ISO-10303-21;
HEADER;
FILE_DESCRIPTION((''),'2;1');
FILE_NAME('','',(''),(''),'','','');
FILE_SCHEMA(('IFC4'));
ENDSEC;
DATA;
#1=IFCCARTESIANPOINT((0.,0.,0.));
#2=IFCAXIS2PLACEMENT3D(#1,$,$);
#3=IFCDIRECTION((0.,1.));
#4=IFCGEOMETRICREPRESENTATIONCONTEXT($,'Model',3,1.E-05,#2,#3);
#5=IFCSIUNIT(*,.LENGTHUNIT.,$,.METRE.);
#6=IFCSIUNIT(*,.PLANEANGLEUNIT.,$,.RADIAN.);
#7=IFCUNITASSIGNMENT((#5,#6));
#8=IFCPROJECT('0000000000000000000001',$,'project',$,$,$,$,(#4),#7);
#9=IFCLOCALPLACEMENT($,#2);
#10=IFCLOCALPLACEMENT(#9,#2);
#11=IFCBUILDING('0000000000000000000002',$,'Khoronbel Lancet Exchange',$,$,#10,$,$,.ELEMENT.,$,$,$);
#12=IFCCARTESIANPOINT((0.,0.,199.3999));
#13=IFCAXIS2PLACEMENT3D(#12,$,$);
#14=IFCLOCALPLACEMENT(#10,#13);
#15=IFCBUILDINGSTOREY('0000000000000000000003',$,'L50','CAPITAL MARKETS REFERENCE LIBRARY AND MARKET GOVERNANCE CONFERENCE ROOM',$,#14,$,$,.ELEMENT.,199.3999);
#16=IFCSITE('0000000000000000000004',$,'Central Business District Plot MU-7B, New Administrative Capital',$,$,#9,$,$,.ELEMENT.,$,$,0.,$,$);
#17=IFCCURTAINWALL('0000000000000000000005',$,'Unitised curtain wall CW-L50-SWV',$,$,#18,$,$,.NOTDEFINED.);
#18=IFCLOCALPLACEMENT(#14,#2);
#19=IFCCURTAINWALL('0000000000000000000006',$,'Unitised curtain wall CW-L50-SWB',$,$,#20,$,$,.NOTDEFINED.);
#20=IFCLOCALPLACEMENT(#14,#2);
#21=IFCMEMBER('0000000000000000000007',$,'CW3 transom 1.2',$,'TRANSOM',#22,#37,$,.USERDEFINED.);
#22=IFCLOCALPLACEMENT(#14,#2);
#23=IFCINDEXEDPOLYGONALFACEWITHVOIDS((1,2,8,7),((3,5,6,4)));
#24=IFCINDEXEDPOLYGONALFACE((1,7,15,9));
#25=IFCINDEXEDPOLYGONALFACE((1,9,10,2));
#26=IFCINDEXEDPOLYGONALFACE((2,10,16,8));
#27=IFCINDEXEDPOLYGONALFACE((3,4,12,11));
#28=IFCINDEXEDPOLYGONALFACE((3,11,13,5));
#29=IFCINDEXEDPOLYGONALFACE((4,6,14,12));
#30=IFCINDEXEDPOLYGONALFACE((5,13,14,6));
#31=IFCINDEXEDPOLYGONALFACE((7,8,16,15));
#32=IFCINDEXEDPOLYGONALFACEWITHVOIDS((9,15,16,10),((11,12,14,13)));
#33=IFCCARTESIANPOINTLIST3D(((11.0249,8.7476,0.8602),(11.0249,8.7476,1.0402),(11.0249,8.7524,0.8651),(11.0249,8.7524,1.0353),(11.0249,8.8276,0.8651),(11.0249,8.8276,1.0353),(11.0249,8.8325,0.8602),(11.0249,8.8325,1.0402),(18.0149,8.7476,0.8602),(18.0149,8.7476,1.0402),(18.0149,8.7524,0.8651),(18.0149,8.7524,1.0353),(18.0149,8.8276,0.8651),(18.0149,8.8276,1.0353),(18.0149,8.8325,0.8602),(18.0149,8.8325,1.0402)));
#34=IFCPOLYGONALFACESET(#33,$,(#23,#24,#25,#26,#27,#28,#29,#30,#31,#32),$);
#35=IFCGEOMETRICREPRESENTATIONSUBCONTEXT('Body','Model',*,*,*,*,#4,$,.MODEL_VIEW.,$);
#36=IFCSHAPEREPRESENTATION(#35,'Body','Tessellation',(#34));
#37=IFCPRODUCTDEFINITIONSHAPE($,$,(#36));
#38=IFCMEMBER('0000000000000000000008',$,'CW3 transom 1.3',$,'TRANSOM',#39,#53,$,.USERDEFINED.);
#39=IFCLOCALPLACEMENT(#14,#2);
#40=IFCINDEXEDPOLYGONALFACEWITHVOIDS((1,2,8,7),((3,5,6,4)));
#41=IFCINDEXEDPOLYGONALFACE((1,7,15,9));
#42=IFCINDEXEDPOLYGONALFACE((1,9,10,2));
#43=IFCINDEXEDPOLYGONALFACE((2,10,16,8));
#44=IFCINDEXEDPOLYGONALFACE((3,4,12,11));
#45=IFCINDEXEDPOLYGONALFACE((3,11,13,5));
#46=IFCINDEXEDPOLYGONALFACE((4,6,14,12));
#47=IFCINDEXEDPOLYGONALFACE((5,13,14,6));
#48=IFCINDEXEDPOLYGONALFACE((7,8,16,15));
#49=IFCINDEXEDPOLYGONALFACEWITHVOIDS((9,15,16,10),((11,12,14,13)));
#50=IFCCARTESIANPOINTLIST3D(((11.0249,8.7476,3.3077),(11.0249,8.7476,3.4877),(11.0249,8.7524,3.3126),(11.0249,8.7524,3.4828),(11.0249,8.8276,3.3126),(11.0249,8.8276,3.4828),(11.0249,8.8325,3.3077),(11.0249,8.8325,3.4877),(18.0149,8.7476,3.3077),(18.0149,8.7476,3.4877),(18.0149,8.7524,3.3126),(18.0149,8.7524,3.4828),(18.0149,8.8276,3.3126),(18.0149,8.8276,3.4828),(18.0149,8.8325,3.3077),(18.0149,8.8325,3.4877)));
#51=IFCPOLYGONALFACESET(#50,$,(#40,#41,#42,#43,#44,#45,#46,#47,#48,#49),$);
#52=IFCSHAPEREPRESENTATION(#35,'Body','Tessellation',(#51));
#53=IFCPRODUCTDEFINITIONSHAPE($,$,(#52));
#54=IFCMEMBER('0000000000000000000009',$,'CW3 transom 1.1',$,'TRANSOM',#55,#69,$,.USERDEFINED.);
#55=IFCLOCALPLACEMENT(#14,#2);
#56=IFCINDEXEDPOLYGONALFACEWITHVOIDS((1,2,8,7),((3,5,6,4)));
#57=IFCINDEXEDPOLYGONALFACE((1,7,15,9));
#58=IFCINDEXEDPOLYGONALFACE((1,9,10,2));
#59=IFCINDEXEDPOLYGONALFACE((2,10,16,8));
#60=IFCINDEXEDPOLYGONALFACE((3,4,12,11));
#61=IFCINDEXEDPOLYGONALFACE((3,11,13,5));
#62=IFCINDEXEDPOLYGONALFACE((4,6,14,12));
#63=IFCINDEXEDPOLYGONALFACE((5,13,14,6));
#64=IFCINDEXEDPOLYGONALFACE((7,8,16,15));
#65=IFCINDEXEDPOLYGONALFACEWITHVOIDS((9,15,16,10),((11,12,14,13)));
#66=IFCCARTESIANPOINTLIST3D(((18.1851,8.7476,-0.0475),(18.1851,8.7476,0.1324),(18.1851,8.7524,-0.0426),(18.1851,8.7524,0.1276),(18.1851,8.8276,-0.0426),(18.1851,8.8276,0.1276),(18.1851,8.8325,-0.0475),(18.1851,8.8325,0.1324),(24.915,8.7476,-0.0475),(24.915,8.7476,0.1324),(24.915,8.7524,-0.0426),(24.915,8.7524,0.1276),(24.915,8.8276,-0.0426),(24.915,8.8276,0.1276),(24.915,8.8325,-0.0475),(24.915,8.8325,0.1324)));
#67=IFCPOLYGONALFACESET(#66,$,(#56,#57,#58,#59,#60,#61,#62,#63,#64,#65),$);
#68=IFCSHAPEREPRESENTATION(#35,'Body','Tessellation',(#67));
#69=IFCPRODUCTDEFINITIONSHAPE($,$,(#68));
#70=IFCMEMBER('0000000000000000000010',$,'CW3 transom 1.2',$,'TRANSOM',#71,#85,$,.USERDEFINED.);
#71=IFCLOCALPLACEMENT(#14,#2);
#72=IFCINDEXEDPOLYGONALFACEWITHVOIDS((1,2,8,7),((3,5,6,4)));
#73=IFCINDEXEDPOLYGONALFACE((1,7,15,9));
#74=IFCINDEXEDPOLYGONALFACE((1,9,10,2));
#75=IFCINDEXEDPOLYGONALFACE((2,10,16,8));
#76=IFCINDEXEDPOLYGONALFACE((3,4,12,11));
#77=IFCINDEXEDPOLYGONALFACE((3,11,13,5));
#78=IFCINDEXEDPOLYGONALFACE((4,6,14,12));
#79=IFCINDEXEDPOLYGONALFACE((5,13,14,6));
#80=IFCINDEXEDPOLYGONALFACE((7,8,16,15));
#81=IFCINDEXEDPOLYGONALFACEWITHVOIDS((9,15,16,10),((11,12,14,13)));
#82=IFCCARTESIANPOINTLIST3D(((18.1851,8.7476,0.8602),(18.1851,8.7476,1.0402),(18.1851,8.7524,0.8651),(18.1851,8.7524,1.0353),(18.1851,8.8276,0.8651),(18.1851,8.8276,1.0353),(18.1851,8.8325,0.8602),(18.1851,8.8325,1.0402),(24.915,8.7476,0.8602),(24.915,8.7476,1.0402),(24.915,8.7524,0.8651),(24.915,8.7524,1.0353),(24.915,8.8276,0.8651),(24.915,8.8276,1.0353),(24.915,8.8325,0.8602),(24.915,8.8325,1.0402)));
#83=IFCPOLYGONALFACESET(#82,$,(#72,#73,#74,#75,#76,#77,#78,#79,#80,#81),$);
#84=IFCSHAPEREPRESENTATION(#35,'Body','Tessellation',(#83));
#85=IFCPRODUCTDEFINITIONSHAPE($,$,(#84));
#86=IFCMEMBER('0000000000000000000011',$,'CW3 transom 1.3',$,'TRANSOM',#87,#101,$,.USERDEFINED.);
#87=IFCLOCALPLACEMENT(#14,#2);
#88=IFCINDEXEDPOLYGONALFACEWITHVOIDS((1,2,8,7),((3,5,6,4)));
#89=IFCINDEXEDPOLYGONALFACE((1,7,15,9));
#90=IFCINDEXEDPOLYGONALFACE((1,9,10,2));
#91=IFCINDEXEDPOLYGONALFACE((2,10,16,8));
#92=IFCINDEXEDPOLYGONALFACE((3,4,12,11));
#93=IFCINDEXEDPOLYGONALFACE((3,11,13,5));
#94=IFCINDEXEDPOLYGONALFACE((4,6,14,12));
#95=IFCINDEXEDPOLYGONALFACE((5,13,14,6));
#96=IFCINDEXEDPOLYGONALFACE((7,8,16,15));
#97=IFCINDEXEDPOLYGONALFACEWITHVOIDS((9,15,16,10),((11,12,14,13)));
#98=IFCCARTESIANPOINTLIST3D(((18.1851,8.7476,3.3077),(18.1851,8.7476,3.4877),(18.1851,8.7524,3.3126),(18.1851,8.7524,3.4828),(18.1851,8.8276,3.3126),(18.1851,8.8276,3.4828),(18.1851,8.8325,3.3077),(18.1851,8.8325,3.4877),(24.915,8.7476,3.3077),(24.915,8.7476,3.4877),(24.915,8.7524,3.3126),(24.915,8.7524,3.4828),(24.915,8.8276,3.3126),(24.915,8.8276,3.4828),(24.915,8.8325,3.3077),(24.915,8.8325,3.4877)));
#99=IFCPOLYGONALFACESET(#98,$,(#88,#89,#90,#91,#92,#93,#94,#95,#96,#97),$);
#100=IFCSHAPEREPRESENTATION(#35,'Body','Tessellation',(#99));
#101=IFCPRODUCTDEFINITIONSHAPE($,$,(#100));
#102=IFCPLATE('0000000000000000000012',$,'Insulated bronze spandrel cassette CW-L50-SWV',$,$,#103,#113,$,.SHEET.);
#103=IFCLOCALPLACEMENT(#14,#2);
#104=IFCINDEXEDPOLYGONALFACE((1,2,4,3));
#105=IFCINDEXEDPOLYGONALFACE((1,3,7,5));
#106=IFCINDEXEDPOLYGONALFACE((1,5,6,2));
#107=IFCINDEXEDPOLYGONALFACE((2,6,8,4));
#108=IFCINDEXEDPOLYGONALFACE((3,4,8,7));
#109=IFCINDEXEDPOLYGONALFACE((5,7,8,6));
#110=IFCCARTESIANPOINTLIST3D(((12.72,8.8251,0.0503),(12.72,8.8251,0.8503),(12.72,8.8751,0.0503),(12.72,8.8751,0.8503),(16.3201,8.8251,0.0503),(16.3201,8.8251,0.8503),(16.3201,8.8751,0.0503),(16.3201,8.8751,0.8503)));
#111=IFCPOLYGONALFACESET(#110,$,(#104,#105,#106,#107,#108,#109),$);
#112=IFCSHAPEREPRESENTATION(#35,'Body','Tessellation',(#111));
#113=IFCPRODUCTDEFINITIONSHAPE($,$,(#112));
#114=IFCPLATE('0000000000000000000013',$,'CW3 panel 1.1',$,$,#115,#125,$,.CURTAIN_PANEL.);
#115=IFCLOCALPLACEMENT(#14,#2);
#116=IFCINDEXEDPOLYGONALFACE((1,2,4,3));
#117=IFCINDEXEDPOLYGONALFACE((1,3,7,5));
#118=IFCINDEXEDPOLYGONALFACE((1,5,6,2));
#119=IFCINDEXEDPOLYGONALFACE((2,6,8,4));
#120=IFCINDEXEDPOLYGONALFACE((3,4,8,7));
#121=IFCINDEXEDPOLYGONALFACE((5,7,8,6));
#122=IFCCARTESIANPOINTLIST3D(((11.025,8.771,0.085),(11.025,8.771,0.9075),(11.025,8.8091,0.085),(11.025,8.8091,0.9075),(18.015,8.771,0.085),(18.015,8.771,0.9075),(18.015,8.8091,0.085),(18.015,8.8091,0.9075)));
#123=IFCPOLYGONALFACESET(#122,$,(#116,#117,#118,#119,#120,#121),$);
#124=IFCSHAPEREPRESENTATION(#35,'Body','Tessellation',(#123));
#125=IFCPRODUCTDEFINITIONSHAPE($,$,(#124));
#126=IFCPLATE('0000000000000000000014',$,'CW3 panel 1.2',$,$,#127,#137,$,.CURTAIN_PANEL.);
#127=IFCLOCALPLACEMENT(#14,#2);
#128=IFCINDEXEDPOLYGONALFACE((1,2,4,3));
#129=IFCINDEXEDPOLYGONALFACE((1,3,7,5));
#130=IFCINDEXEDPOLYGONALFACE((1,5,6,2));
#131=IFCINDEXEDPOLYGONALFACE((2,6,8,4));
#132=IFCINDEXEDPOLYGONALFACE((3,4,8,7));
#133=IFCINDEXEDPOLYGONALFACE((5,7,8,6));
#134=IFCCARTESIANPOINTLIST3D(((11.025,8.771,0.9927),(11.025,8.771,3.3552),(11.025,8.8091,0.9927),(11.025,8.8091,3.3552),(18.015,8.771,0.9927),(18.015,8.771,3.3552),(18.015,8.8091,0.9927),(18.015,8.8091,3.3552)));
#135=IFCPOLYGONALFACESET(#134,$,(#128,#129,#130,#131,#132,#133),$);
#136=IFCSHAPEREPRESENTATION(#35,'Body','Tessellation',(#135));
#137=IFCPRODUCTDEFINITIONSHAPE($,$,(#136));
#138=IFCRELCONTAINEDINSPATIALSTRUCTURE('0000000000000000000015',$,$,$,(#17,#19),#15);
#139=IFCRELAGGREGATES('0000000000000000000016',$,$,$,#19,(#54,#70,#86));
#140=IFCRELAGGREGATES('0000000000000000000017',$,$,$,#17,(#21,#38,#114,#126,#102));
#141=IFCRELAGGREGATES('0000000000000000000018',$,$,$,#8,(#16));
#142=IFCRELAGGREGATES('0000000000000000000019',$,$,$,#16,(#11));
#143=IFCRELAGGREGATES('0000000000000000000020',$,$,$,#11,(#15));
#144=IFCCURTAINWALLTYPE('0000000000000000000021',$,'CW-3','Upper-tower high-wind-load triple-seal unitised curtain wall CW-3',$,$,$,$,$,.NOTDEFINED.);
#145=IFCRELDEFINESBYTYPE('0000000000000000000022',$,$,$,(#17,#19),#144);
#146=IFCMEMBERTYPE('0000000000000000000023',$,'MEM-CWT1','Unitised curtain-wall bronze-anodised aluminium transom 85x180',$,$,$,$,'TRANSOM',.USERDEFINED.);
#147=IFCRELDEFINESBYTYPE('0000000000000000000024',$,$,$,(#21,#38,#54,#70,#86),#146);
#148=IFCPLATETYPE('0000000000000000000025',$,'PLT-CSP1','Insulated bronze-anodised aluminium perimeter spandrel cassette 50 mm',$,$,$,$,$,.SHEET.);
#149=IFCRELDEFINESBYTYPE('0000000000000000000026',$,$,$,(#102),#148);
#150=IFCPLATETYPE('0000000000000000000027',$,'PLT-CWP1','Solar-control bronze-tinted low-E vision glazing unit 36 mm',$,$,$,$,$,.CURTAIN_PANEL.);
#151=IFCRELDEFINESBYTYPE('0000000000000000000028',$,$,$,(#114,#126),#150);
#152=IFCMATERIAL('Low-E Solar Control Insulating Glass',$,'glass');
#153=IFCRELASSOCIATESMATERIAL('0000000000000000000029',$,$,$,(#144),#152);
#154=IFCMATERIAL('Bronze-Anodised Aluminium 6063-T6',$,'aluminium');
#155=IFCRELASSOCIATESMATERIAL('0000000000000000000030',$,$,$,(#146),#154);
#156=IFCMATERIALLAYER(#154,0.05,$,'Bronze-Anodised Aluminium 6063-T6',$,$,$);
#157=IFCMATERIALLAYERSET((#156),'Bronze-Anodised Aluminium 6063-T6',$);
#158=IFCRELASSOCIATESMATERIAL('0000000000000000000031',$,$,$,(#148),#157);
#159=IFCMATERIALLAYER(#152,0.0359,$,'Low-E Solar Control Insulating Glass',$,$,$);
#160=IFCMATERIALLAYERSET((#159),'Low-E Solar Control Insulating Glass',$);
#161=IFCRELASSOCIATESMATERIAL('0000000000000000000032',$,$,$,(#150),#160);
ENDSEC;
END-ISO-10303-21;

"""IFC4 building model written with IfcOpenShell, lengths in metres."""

from ifc_helpers import new_model, si_unit, direction, frame, origin, origin_2d, place, context, subcontext, project, spatial, rectangle, hollow_rectangle, extrude, material, layer, layer_set, material_profile, profile_set, type_object, element, aggregate, save


model = new_model("IFC4")

# Units and contexts
model_context = context("Model", 3, precision=1e-05, world=origin(), true_north=direction((0.0, 1.0)))
body_context = subcontext(model_context, "Body", "Model", "MODEL_VIEW")
ifc_project = project(units=[si_unit("LENGTHUNIT", "METRE"), si_unit("PLANEANGLEUNIT", "RADIAN")], contexts=[model_context])

# Site, building, storey
site_placement = place(None, origin())
site = spatial("IfcSite", under=ifc_project, at=site_placement, Name="Central Business District Plot MU-7B, New Administrative Capital", CompositionType="ELEMENT", RefElevation=0.0)
building_placement = place(site_placement, origin())
building = spatial("IfcBuilding", under=site, at=building_placement, Name="Khoronbel Lancet Exchange", CompositionType="ELEMENT")
storey_placement = place(building_placement, frame((0.0, 0.0, 199.3999)))
storey = spatial("IfcBuildingStorey", under=building, at=storey_placement, Name="L50", Description="CAPITAL MARKETS REFERENCE LIBRARY AND MARKET GOVERNANCE CONFERENCE ROOM", CompositionType="ELEMENT", Elevation=199.3999)

# Curtain wall
ifc_material_1 = material(Name="Low-E Solar Control Insulating Glass", Category="glass")
curtain_wall_type = type_object("IfcCurtainWallType", Name="CW-3", Description="Upper-tower high-wind-load triple-seal unitised curtain wall CW-3", PredefinedType="NOTDEFINED", material=ifc_material_1)
curtain_wall_1_placement = place(storey_placement, origin())
curtain_wall_1 = element("IfcCurtainWall", 1, at=curtain_wall_1_placement, inside=storey, type_object=curtain_wall_type, Name="Unitised curtain wall CW-L50-SWV", PredefinedType="NOTDEFINED")
ifc_material_2 = material(Name="Bronze-Anodised Aluminium 6063-T6", Category="aluminium")

# Curtain wall
curtain_wall_2_placement = place(storey_placement, origin())
curtain_wall_2 = element("IfcCurtainWall", 2, at=curtain_wall_2_placement, inside=storey, type_object=curtain_wall_type, Name="Unitised curtain wall CW-L50-SWB", PredefinedType="NOTDEFINED")

# Members
ifc_material_profile_1 = material_profile(ifc_material_2, hollow_rectangle(XDim=0.085, YDim=0.1799, WallThickness=0.0049, at=origin_2d()), Name="ALU TRANSOM 85x180")
ifc_profile_set_1 = profile_set([ifc_material_profile_1], Name="Bronze-Anodised Aluminium 6063-T6")
member_type_1 = type_object("IfcMemberType", Name="MEM-CWT1", Description="Unitised curtain-wall bronze-anodised aluminium transom 85x180", ElementType="TRANSOM", PredefinedType="USERDEFINED", material=ifc_profile_set_1)
member_1_placement = place(storey_placement, frame((11.0249, 8.79, 0.9502), z_axis=(1.0, 0.0, 0.0), x_axis=(0.0, 1.0, 0.0)))
member_1 = element("IfcMember", 3, at=member_1_placement, type_object=member_type_1, Name="CW3 transom 1.2", ObjectType="TRANSOM", PredefinedType="USERDEFINED", context=body_context, shape_type="SweptSolid", body=[
    extrude(hollow_rectangle(XDim=0.085, YDim=0.1799, WallThickness=0.0049, at=origin_2d()), origin(), (0.0, 0.0, 1.0), 6.99),
])
member_2_placement = place(storey_placement, frame((11.0249, 8.79, 3.3977), z_axis=(1.0, 0.0, 0.0), x_axis=(0.0, 1.0, 0.0)))
member_2 = element("IfcMember", 4, at=member_2_placement, type_object=member_type_1, Name="CW3 transom 1.3", ObjectType="TRANSOM", PredefinedType="USERDEFINED", context=body_context, shape_type="SweptSolid", body=[
    extrude(hollow_rectangle(XDim=0.085, YDim=0.1799, WallThickness=0.0049, at=origin_2d()), origin(), (0.0, 0.0, 1.0), 6.99),
])
member_3_placement = place(storey_placement, frame((18.1851, 8.79, 0.0425), z_axis=(1.0, 0.0, 0.0), x_axis=(0.0, 1.0, 0.0)))
member_3 = element("IfcMember", 5, at=member_3_placement, type_object=member_type_1, Name="CW3 transom 1.1", ObjectType="TRANSOM", PredefinedType="USERDEFINED", context=body_context, shape_type="SweptSolid", body=[
    extrude(hollow_rectangle(XDim=0.085, YDim=0.1799, WallThickness=0.0049, at=origin_2d()), origin(), (0.0, 0.0, 1.0), 6.73),
])
member_4_placement = place(storey_placement, frame((18.1851, 8.79, 0.9502), z_axis=(1.0, 0.0, 0.0), x_axis=(0.0, 1.0, 0.0)))
member_4 = element("IfcMember", 6, at=member_4_placement, type_object=member_type_1, Name="CW3 transom 1.2", ObjectType="TRANSOM", PredefinedType="USERDEFINED", context=body_context, shape_type="SweptSolid", body=[
    extrude(hollow_rectangle(XDim=0.085, YDim=0.1799, WallThickness=0.0049, at=origin_2d()), origin(), (0.0, 0.0, 1.0), 6.73),
])
member_5_placement = place(storey_placement, frame((18.1851, 8.79, 3.3977), z_axis=(1.0, 0.0, 0.0), x_axis=(0.0, 1.0, 0.0)))
member_5 = element("IfcMember", 7, at=member_5_placement, type_object=member_type_1, Name="CW3 transom 1.3", ObjectType="TRANSOM", PredefinedType="USERDEFINED", context=body_context, shape_type="SweptSolid", body=[
    extrude(hollow_rectangle(XDim=0.085, YDim=0.1799, WallThickness=0.0049, at=origin_2d()), origin(), (0.0, 0.0, 1.0), 6.73),
])
aggregate(curtain_wall_2, [member_3, member_4, member_5])

# Plates
ifc_layer_1 = layer(ifc_material_2, 0.05, Name="Bronze-Anodised Aluminium 6063-T6")
ifc_layer_set_1 = layer_set([ifc_layer_1], Name="Bronze-Anodised Aluminium 6063-T6")
plate_type_1 = type_object("IfcPlateType", Name="PLT-CSP1", Description="Insulated bronze-anodised aluminium perimeter spandrel cassette 50 mm", PredefinedType="SHEET", material=ifc_layer_set_1)
plate_1_placement = place(storey_placement, frame((14.52, 8.8501, 0.0503), z_axis=(0.0, 0.0, 1.0), x_axis=(1.0, 0.0, 0.0)))
plate_1 = element("IfcPlate", 8, at=plate_1_placement, type_object=plate_type_1, Name="Insulated bronze spandrel cassette CW-L50-SWV", PredefinedType="SHEET", context=body_context, shape_type="SweptSolid", body=[
    extrude(rectangle(XDim=3.6001, YDim=0.05, at=origin_2d()), origin(), (0.0, 0.0, 1.0), 0.8),
])
ifc_layer_2 = layer(ifc_material_1, 0.0359, Name="Low-E Solar Control Insulating Glass")
ifc_layer_set_2 = layer_set([ifc_layer_2], Name="Low-E Solar Control Insulating Glass")
plate_type_2 = type_object("IfcPlateType", Name="PLT-CWP1", Description="Solar-control bronze-tinted low-E vision glazing unit 36 mm", PredefinedType="CURTAIN_PANEL", material=ifc_layer_set_2)
plate_2_placement = place(storey_placement, frame((14.52, 8.79, 0.085), z_axis=(0.0, 0.0, 1.0), x_axis=(1.0, 0.0, 0.0)))
plate_2 = element("IfcPlate", 9, at=plate_2_placement, type_object=plate_type_2, Name="CW3 panel 1.1", PredefinedType="CURTAIN_PANEL", context=body_context, shape_type="SweptSolid", body=[
    extrude(rectangle(XDim=6.99, YDim=0.0381, at=origin_2d()), origin(), (0.0, 0.0, 1.0), 0.8225),
])
plate_3_placement = place(storey_placement, frame((14.52, 8.79, 0.9927), z_axis=(0.0, 0.0, 1.0), x_axis=(1.0, 0.0, 0.0)))
plate_3 = element("IfcPlate", 10, at=plate_3_placement, type_object=plate_type_2, Name="CW3 panel 1.2", PredefinedType="CURTAIN_PANEL", context=body_context, shape_type="SweptSolid", body=[
    extrude(rectangle(XDim=6.99, YDim=0.0381, at=origin_2d()), origin(), (0.0, 0.0, 1.0), 2.3625),
])
aggregate(curtain_wall_1, [member_1, member_2, plate_2, plate_3, plate_1])

save(model, "model.ifc")
